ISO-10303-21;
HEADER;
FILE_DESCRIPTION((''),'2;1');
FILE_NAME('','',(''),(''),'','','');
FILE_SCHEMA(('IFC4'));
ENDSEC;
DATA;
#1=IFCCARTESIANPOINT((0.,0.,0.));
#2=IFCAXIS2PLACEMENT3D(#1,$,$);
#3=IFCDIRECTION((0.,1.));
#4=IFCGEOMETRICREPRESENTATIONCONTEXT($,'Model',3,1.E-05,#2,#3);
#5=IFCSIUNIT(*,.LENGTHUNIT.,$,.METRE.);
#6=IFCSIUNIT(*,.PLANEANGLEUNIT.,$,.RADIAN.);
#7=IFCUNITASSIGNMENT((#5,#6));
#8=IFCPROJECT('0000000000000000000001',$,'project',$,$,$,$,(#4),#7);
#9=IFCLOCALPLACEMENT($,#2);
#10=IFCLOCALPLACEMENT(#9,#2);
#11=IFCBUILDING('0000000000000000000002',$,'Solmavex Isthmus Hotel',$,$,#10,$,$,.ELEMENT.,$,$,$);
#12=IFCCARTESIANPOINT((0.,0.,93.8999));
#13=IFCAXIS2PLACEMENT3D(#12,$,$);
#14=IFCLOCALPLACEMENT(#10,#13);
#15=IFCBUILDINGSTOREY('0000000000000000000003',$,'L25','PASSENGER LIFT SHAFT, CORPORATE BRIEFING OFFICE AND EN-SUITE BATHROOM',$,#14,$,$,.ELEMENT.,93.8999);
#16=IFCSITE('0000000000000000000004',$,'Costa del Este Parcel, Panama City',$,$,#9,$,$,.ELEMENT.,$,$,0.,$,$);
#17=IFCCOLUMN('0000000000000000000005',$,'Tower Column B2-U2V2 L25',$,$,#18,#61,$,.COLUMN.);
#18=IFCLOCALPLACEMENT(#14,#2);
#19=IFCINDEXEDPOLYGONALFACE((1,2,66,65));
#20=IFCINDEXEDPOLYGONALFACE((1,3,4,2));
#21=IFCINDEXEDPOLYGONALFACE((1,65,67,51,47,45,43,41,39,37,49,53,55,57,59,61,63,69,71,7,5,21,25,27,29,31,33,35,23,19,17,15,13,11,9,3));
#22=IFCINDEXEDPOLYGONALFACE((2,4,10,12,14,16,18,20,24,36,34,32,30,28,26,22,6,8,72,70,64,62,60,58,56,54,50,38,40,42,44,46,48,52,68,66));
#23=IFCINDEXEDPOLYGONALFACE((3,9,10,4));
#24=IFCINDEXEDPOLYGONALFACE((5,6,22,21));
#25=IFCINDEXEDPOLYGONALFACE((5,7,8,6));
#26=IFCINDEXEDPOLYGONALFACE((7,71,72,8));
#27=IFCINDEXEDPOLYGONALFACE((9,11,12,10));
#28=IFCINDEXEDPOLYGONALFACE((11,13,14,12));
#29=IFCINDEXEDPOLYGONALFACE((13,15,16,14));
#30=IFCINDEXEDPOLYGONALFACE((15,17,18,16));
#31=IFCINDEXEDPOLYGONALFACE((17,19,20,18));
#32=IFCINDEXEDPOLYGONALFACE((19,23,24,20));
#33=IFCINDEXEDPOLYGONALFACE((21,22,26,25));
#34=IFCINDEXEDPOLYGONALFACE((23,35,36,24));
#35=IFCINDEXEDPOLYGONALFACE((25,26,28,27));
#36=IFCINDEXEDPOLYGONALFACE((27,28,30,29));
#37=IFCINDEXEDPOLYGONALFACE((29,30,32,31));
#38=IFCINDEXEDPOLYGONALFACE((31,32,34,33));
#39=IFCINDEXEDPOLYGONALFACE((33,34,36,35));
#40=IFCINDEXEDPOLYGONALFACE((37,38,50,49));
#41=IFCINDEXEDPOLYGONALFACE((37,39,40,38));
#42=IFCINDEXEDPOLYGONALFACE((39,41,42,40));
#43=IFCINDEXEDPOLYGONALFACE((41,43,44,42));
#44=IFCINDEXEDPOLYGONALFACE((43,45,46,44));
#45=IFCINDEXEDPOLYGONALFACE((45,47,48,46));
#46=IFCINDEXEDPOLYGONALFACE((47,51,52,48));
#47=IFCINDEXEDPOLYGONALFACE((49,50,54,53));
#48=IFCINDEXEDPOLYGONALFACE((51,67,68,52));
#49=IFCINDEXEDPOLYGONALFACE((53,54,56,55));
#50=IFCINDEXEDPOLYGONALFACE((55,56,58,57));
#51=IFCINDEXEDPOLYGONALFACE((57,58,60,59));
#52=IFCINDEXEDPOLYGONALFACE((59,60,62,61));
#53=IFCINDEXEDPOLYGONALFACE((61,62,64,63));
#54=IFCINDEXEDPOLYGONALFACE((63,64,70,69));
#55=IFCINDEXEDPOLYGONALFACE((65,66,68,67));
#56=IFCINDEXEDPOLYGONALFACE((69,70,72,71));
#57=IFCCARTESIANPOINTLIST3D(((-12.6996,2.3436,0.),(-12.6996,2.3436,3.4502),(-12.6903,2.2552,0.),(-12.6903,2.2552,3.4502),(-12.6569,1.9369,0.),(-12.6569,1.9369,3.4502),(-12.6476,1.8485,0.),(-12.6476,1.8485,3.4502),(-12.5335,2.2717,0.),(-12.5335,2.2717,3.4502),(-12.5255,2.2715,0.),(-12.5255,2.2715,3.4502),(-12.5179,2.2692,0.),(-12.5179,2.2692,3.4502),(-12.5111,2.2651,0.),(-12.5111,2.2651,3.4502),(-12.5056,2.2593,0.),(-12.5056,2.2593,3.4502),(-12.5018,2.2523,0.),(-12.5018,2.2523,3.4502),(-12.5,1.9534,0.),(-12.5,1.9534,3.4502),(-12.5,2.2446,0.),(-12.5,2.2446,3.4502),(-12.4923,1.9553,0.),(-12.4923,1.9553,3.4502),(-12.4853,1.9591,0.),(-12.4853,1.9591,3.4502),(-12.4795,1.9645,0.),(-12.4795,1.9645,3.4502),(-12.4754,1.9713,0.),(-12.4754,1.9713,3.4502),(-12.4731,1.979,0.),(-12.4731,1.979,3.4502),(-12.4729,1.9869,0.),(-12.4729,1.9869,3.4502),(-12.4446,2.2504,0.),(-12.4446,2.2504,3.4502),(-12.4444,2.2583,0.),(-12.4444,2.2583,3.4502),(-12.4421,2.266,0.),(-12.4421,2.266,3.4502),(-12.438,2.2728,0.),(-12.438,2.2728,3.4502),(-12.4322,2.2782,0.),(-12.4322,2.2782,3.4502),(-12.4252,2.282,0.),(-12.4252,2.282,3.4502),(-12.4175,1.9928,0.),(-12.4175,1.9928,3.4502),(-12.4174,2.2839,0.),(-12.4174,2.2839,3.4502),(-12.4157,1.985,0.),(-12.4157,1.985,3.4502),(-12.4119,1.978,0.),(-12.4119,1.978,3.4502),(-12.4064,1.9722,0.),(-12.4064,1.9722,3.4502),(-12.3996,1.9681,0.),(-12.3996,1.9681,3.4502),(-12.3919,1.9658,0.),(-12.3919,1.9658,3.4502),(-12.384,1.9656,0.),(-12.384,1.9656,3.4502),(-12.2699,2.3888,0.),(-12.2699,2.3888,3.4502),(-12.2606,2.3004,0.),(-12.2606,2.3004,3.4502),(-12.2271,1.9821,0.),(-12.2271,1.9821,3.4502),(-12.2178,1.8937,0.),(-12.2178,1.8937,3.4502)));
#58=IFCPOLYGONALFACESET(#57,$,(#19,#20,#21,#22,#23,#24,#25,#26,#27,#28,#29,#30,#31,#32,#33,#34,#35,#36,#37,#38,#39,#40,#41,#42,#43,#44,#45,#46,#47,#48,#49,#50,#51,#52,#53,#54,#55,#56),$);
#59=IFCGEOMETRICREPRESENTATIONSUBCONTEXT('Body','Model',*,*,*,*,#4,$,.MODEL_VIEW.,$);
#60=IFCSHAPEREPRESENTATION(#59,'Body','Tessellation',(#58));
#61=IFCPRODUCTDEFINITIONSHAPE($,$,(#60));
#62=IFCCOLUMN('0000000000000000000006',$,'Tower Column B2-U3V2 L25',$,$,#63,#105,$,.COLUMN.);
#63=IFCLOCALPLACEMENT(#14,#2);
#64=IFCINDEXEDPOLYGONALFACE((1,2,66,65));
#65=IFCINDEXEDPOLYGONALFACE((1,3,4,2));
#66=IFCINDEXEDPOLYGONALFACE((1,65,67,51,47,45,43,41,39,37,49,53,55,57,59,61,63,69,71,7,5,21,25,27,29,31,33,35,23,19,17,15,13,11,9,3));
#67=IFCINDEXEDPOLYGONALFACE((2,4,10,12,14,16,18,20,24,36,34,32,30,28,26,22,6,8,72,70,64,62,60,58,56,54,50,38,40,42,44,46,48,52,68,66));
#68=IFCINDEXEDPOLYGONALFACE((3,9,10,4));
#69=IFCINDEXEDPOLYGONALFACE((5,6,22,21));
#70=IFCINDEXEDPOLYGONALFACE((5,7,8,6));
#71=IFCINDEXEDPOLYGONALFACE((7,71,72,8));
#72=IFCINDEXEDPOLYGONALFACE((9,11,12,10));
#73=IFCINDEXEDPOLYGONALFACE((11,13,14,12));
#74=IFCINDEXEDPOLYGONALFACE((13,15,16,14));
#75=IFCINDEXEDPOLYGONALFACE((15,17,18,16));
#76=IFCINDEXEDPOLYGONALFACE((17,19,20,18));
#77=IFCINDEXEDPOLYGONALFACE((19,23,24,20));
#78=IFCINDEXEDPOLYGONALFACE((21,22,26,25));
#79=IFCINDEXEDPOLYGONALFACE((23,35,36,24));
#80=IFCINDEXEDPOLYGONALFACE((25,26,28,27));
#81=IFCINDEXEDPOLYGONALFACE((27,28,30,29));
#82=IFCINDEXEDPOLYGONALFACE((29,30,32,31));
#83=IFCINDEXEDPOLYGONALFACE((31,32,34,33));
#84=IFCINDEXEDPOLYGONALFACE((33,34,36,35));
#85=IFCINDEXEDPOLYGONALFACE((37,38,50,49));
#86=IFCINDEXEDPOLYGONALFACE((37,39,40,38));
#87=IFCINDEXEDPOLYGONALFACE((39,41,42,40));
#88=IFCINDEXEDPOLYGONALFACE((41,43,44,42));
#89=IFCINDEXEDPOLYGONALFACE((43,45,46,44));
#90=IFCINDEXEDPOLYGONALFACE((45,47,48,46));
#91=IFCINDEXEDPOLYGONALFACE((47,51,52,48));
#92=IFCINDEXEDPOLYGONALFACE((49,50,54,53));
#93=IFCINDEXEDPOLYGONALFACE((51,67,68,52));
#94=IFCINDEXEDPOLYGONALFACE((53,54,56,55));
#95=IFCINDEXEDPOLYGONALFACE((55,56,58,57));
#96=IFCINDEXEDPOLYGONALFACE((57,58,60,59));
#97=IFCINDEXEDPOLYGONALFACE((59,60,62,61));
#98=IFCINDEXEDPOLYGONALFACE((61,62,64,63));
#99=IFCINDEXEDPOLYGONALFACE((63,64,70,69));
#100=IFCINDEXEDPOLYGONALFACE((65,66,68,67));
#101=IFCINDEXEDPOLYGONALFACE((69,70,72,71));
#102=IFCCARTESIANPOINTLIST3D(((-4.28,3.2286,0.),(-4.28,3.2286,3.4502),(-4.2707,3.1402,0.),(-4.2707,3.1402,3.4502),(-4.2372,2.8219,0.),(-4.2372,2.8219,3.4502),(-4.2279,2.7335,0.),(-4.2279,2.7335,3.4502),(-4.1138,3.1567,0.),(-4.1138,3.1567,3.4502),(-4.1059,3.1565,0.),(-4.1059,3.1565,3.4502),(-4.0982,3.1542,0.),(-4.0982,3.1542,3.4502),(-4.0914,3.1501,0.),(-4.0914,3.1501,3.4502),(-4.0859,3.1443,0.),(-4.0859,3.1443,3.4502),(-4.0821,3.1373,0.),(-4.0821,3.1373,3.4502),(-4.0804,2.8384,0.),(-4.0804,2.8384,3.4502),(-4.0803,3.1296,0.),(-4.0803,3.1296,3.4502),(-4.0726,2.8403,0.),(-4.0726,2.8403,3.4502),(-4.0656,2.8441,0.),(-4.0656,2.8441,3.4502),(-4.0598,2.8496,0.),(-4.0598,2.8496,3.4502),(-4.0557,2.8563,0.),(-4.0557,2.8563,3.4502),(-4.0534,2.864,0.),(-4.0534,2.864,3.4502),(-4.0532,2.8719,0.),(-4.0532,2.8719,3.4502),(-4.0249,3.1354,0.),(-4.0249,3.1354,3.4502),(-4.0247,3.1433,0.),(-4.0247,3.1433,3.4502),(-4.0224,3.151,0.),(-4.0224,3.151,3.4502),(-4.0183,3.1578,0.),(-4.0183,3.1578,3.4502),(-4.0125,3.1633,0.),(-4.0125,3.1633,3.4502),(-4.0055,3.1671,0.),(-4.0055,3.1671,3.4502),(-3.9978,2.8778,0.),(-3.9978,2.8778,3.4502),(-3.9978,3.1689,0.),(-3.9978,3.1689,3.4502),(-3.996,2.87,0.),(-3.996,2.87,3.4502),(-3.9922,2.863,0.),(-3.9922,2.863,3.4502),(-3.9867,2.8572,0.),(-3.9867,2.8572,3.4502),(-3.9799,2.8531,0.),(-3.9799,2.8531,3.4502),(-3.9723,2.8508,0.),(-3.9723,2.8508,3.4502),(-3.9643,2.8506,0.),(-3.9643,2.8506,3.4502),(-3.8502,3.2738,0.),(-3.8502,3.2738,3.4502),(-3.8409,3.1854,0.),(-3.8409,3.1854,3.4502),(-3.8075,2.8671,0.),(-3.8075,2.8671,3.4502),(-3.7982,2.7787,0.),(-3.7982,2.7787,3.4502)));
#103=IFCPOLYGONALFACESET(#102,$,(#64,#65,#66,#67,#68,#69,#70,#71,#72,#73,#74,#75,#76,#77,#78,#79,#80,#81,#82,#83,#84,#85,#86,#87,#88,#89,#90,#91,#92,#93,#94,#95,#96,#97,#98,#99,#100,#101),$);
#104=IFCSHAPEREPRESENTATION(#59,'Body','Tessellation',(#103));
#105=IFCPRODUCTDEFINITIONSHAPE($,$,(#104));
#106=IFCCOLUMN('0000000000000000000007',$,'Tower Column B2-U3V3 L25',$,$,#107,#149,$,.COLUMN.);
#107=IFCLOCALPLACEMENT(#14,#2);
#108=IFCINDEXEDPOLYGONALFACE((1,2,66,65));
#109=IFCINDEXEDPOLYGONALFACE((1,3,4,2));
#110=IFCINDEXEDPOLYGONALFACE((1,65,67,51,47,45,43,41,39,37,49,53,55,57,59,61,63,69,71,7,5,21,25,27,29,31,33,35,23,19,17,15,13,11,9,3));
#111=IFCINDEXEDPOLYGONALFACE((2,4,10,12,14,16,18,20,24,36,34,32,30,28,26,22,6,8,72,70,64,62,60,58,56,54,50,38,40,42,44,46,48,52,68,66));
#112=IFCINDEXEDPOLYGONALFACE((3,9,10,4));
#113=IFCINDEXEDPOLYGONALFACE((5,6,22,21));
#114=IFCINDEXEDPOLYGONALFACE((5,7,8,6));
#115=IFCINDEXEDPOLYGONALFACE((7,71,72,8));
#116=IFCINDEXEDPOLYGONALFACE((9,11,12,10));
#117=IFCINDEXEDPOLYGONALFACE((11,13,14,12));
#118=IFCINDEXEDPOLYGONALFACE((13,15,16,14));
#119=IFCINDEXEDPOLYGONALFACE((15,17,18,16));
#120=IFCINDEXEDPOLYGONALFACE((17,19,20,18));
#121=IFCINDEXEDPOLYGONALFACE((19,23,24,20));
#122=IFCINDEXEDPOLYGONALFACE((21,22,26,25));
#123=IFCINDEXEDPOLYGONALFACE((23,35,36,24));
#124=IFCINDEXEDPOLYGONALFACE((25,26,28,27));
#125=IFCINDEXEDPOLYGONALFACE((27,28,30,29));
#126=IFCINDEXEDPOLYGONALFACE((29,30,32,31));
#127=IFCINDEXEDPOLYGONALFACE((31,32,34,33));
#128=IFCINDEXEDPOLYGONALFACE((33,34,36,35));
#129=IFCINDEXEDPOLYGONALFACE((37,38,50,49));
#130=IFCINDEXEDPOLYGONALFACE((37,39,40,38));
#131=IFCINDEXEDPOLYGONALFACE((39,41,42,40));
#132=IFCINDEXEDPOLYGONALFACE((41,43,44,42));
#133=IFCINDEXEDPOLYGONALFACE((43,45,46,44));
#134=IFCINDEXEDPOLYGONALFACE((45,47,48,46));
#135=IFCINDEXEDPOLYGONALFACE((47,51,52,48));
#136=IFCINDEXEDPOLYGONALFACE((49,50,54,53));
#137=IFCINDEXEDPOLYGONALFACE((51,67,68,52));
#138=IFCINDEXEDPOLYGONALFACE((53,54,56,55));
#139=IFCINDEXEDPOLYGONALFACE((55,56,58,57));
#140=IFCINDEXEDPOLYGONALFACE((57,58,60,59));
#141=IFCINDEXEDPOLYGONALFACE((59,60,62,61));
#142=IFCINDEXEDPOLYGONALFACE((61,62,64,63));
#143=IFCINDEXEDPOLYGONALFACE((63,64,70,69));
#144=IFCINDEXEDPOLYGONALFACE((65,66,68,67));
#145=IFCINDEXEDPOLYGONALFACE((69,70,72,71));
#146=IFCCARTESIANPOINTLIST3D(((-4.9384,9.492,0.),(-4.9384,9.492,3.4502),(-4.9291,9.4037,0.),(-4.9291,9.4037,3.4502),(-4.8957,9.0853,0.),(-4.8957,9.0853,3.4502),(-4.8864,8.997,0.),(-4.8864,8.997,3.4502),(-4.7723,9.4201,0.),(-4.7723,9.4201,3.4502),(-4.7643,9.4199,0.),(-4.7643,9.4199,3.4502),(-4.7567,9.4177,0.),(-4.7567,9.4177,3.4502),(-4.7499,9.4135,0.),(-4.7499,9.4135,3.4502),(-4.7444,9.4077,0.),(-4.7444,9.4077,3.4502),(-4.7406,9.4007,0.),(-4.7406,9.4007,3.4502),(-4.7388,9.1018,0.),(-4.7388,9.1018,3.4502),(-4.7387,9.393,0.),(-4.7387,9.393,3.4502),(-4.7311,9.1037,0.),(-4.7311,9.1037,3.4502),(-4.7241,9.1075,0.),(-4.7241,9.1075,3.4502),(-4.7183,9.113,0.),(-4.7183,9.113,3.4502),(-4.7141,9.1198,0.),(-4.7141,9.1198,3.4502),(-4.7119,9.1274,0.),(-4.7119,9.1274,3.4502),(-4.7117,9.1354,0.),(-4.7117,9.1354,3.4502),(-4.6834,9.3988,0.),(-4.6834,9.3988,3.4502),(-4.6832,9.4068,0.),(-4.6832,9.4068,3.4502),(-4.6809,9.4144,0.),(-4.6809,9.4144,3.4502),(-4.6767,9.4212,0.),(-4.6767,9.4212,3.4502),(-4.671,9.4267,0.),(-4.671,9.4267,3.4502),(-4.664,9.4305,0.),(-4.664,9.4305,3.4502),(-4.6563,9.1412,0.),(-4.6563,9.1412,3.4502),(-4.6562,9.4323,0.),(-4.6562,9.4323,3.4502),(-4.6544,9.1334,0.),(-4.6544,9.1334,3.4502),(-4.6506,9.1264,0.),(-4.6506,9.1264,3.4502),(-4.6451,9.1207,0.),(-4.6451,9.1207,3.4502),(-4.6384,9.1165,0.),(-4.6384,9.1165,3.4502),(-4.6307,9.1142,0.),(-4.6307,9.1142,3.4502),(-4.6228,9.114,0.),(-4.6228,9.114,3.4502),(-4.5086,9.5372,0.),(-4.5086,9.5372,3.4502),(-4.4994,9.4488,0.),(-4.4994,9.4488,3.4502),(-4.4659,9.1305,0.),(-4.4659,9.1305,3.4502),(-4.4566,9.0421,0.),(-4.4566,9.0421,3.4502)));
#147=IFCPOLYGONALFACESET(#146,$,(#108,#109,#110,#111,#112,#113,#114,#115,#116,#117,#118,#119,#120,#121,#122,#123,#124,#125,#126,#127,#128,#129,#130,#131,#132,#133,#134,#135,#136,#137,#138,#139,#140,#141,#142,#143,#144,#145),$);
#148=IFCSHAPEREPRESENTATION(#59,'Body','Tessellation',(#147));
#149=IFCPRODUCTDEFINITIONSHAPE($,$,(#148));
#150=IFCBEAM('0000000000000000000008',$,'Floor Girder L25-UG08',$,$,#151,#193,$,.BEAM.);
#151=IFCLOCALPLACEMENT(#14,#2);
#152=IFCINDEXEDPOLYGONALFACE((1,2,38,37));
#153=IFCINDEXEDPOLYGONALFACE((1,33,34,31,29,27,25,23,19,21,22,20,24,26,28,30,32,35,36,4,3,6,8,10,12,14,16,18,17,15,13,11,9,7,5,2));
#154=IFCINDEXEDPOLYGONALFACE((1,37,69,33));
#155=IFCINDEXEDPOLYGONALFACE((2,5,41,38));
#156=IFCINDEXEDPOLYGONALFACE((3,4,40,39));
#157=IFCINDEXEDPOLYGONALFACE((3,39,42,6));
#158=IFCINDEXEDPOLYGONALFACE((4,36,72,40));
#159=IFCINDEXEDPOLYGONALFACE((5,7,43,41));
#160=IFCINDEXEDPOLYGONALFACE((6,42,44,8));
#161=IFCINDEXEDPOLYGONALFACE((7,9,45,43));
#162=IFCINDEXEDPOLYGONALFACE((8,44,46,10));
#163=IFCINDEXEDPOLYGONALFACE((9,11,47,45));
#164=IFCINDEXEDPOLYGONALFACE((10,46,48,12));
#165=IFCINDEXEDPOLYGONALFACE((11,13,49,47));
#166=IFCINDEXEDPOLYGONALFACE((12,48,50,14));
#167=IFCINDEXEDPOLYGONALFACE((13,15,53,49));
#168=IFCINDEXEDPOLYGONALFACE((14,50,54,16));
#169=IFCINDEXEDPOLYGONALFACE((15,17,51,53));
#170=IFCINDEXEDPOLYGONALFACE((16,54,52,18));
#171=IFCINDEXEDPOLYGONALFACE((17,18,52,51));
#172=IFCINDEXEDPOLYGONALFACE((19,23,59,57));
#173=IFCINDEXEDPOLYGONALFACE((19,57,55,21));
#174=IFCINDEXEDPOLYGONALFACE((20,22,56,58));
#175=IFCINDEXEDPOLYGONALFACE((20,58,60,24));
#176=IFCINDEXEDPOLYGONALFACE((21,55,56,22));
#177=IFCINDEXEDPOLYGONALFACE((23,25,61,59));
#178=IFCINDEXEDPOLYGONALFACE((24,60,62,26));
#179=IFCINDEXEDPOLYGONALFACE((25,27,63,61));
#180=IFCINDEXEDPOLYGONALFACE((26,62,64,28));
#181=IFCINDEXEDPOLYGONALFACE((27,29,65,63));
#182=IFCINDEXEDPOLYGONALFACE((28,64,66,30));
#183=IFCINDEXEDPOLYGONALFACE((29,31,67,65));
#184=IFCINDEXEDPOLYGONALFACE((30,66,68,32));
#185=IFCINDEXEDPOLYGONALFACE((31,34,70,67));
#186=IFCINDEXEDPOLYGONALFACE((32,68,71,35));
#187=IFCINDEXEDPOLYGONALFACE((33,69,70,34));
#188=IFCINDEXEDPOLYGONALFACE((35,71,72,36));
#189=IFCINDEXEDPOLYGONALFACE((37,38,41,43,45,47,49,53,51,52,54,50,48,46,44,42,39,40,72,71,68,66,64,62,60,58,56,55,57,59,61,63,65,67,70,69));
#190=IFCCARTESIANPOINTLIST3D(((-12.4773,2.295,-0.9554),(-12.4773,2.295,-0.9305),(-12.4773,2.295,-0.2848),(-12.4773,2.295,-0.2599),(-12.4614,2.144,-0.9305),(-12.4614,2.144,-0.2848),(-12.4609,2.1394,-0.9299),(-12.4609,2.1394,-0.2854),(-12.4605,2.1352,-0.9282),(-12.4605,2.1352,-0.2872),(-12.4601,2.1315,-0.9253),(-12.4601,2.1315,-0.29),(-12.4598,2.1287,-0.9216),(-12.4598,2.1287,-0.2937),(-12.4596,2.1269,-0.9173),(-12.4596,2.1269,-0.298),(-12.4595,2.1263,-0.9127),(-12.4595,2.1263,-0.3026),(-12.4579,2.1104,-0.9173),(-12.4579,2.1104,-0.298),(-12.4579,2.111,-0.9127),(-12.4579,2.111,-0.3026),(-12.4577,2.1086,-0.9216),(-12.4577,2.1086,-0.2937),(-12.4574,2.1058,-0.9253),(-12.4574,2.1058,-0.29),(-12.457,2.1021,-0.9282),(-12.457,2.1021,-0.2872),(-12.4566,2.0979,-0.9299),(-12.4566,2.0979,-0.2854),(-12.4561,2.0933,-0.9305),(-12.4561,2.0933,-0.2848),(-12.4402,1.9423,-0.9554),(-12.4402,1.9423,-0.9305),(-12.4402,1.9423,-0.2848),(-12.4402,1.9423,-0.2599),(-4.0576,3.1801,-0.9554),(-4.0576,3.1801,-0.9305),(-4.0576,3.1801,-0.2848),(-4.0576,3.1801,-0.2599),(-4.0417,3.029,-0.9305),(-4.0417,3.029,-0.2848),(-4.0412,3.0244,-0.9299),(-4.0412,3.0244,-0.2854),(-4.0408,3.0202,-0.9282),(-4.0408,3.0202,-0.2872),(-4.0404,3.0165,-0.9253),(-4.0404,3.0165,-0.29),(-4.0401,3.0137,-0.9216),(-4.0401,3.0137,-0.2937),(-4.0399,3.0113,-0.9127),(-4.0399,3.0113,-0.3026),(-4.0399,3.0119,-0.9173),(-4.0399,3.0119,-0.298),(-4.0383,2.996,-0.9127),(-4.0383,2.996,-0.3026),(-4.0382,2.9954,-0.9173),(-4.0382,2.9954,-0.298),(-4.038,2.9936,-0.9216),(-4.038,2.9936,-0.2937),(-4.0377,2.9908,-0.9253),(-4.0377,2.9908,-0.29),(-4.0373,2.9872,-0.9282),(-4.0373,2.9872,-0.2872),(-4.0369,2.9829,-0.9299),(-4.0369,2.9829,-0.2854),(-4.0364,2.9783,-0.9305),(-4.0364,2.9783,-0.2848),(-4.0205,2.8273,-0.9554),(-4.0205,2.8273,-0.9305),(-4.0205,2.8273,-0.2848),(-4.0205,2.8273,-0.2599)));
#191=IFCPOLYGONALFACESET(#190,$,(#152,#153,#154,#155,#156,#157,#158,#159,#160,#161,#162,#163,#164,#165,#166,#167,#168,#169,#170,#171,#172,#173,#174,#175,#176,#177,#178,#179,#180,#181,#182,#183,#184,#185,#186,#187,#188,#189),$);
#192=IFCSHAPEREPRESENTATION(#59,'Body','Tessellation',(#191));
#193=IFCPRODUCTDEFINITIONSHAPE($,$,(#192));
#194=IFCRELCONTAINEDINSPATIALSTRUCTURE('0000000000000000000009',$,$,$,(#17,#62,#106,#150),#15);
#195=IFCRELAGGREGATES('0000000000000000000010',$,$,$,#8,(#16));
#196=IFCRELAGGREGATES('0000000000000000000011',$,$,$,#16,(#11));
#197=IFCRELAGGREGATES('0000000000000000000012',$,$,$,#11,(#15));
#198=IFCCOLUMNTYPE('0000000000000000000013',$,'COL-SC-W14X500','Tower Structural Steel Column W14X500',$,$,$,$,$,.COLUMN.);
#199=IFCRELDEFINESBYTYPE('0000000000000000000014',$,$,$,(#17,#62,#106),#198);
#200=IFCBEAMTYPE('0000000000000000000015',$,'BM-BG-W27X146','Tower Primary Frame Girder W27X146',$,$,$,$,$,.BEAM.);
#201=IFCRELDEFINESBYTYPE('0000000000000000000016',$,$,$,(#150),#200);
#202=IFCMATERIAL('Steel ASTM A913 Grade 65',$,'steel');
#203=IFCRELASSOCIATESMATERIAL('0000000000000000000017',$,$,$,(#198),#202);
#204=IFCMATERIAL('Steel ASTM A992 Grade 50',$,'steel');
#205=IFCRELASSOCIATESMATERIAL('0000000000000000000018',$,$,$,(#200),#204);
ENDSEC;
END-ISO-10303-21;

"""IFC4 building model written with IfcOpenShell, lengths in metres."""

from ifc_helpers import new_model, si_unit, direction, frame, origin, origin_2d, place, context, subcontext, project, spatial, i_section, extrude, material, material_profile, profile_set, type_object, element, save


model = new_model("IFC4")

# Units and contexts
model_context = context("Model", 3, precision=1e-05, world=origin(), true_north=direction((0.0, 1.0)))
body_context = subcontext(model_context, "Body", "Model", "MODEL_VIEW")
ifc_project = project(units=[si_unit("LENGTHUNIT", "METRE"), si_unit("PLANEANGLEUNIT", "RADIAN")], contexts=[model_context])

# Site, building, storey
site_placement = place(None, origin())
site = spatial("IfcSite", under=ifc_project, at=site_placement, Name="Costa del Este Parcel, Panama City", CompositionType="ELEMENT", RefElevation=0.0)
building_placement = place(site_placement, origin())
building = spatial("IfcBuilding", under=site, at=building_placement, Name="Solmavex Isthmus Hotel", CompositionType="ELEMENT")
storey_placement = place(building_placement, frame((0.0, 0.0, 93.8999)))
storey = spatial("IfcBuildingStorey", under=building, at=storey_placement, Name="L25", Description="PASSENGER LIFT SHAFT, CORPORATE BRIEFING OFFICE AND EN-SUITE BATHROOM", CompositionType="ELEMENT", Elevation=93.8999)

# Columns
ifc_material_1 = material(Name="Steel ASTM A913 Grade 65", Category="steel")
ifc_material_profile_1 = material_profile(ifc_material_1, i_section(OverallWidth=0.4321, OverallDepth=0.4978, WebThickness=0.0557, FlangeThickness=0.0889, FilletRadius=0.0305, at=origin_2d()), Name="W14X500")
ifc_profile_set_1 = profile_set([ifc_material_profile_1], Name="Steel ASTM A913 Grade 65")
column_type = type_object("IfcColumnType", Name="COL-SC-W14X500", Description="Tower Structural Steel Column W14X500", PredefinedType="COLUMN", material=ifc_profile_set_1)
for number, where, z_axis, x_axis, name in (
    (1, (-12.4587, 2.1187, 0.0), (0.0, 0.0, 1.0), (0.994522, 0.104528, 0.0), "Tower Column B2-U2V2 L25"),
    (2, (-4.0391, 3.0037, 0.0), (0.0, 0.0, 1.0), (0.994522, 0.104528, 0.0), "Tower Column B2-U3V2 L25"),
    (3, (-4.6975, 9.2671, 0.0), (0.0, 0.0, 1.0), (0.994522, 0.104528, 0.0), "Tower Column B2-U3V3 L25"),
):
    element("IfcColumn", number, at=place(storey_placement, frame(where, z_axis=z_axis, x_axis=x_axis)), inside=storey, type_object=column_type, Name=name, PredefinedType="COLUMN", context=body_context, shape_type="SweptSolid", body=[
        extrude(i_section(OverallWidth=0.4321, OverallDepth=0.4978, WebThickness=0.0557, FlangeThickness=0.0889, FilletRadius=0.0305, at=origin_2d()), origin(), (0.0, 0.0, 1.0), 3.4502),
    ])

# Beam
ifc_material_2 = material(Name="Steel ASTM A992 Grade 50", Category="steel")
ifc_material_profile_2 = material_profile(ifc_material_2, i_section(OverallWidth=0.3547, OverallDepth=0.6956, WebThickness=0.0154, FlangeThickness=0.0249, FilletRadius=0.0178, at=origin_2d()), Name="W27X146")
ifc_profile_set_2 = profile_set([ifc_material_profile_2], Name="Steel ASTM A992 Grade 50")
beam_type_1 = type_object("IfcBeamType", Name="BM-BG-W27X146", Description="Tower Primary Frame Girder W27X146", PredefinedType="BEAM", material=ifc_profile_set_2)
beam_1_placement = place(storey_placement, frame((-12.4587, 2.1187, -0.6077), z_axis=(0.994521, 0.104536, 0.0), x_axis=(-0.104536, 0.994521, 0.0)))
element("IfcBeam", 4, at=beam_1_placement, inside=storey, type_object=beam_type_1, Name="Floor Girder L25-UG08", PredefinedType="BEAM", context=body_context, shape_type="SweptSolid", body=[
    extrude(i_section(OverallWidth=0.3547, OverallDepth=0.6956, WebThickness=0.0154, FlangeThickness=0.0249, FilletRadius=0.0178, at=origin_2d()), origin(), (0.0, 0.0, 1.0), 8.4661),
])

save(model, "model.ifc")
